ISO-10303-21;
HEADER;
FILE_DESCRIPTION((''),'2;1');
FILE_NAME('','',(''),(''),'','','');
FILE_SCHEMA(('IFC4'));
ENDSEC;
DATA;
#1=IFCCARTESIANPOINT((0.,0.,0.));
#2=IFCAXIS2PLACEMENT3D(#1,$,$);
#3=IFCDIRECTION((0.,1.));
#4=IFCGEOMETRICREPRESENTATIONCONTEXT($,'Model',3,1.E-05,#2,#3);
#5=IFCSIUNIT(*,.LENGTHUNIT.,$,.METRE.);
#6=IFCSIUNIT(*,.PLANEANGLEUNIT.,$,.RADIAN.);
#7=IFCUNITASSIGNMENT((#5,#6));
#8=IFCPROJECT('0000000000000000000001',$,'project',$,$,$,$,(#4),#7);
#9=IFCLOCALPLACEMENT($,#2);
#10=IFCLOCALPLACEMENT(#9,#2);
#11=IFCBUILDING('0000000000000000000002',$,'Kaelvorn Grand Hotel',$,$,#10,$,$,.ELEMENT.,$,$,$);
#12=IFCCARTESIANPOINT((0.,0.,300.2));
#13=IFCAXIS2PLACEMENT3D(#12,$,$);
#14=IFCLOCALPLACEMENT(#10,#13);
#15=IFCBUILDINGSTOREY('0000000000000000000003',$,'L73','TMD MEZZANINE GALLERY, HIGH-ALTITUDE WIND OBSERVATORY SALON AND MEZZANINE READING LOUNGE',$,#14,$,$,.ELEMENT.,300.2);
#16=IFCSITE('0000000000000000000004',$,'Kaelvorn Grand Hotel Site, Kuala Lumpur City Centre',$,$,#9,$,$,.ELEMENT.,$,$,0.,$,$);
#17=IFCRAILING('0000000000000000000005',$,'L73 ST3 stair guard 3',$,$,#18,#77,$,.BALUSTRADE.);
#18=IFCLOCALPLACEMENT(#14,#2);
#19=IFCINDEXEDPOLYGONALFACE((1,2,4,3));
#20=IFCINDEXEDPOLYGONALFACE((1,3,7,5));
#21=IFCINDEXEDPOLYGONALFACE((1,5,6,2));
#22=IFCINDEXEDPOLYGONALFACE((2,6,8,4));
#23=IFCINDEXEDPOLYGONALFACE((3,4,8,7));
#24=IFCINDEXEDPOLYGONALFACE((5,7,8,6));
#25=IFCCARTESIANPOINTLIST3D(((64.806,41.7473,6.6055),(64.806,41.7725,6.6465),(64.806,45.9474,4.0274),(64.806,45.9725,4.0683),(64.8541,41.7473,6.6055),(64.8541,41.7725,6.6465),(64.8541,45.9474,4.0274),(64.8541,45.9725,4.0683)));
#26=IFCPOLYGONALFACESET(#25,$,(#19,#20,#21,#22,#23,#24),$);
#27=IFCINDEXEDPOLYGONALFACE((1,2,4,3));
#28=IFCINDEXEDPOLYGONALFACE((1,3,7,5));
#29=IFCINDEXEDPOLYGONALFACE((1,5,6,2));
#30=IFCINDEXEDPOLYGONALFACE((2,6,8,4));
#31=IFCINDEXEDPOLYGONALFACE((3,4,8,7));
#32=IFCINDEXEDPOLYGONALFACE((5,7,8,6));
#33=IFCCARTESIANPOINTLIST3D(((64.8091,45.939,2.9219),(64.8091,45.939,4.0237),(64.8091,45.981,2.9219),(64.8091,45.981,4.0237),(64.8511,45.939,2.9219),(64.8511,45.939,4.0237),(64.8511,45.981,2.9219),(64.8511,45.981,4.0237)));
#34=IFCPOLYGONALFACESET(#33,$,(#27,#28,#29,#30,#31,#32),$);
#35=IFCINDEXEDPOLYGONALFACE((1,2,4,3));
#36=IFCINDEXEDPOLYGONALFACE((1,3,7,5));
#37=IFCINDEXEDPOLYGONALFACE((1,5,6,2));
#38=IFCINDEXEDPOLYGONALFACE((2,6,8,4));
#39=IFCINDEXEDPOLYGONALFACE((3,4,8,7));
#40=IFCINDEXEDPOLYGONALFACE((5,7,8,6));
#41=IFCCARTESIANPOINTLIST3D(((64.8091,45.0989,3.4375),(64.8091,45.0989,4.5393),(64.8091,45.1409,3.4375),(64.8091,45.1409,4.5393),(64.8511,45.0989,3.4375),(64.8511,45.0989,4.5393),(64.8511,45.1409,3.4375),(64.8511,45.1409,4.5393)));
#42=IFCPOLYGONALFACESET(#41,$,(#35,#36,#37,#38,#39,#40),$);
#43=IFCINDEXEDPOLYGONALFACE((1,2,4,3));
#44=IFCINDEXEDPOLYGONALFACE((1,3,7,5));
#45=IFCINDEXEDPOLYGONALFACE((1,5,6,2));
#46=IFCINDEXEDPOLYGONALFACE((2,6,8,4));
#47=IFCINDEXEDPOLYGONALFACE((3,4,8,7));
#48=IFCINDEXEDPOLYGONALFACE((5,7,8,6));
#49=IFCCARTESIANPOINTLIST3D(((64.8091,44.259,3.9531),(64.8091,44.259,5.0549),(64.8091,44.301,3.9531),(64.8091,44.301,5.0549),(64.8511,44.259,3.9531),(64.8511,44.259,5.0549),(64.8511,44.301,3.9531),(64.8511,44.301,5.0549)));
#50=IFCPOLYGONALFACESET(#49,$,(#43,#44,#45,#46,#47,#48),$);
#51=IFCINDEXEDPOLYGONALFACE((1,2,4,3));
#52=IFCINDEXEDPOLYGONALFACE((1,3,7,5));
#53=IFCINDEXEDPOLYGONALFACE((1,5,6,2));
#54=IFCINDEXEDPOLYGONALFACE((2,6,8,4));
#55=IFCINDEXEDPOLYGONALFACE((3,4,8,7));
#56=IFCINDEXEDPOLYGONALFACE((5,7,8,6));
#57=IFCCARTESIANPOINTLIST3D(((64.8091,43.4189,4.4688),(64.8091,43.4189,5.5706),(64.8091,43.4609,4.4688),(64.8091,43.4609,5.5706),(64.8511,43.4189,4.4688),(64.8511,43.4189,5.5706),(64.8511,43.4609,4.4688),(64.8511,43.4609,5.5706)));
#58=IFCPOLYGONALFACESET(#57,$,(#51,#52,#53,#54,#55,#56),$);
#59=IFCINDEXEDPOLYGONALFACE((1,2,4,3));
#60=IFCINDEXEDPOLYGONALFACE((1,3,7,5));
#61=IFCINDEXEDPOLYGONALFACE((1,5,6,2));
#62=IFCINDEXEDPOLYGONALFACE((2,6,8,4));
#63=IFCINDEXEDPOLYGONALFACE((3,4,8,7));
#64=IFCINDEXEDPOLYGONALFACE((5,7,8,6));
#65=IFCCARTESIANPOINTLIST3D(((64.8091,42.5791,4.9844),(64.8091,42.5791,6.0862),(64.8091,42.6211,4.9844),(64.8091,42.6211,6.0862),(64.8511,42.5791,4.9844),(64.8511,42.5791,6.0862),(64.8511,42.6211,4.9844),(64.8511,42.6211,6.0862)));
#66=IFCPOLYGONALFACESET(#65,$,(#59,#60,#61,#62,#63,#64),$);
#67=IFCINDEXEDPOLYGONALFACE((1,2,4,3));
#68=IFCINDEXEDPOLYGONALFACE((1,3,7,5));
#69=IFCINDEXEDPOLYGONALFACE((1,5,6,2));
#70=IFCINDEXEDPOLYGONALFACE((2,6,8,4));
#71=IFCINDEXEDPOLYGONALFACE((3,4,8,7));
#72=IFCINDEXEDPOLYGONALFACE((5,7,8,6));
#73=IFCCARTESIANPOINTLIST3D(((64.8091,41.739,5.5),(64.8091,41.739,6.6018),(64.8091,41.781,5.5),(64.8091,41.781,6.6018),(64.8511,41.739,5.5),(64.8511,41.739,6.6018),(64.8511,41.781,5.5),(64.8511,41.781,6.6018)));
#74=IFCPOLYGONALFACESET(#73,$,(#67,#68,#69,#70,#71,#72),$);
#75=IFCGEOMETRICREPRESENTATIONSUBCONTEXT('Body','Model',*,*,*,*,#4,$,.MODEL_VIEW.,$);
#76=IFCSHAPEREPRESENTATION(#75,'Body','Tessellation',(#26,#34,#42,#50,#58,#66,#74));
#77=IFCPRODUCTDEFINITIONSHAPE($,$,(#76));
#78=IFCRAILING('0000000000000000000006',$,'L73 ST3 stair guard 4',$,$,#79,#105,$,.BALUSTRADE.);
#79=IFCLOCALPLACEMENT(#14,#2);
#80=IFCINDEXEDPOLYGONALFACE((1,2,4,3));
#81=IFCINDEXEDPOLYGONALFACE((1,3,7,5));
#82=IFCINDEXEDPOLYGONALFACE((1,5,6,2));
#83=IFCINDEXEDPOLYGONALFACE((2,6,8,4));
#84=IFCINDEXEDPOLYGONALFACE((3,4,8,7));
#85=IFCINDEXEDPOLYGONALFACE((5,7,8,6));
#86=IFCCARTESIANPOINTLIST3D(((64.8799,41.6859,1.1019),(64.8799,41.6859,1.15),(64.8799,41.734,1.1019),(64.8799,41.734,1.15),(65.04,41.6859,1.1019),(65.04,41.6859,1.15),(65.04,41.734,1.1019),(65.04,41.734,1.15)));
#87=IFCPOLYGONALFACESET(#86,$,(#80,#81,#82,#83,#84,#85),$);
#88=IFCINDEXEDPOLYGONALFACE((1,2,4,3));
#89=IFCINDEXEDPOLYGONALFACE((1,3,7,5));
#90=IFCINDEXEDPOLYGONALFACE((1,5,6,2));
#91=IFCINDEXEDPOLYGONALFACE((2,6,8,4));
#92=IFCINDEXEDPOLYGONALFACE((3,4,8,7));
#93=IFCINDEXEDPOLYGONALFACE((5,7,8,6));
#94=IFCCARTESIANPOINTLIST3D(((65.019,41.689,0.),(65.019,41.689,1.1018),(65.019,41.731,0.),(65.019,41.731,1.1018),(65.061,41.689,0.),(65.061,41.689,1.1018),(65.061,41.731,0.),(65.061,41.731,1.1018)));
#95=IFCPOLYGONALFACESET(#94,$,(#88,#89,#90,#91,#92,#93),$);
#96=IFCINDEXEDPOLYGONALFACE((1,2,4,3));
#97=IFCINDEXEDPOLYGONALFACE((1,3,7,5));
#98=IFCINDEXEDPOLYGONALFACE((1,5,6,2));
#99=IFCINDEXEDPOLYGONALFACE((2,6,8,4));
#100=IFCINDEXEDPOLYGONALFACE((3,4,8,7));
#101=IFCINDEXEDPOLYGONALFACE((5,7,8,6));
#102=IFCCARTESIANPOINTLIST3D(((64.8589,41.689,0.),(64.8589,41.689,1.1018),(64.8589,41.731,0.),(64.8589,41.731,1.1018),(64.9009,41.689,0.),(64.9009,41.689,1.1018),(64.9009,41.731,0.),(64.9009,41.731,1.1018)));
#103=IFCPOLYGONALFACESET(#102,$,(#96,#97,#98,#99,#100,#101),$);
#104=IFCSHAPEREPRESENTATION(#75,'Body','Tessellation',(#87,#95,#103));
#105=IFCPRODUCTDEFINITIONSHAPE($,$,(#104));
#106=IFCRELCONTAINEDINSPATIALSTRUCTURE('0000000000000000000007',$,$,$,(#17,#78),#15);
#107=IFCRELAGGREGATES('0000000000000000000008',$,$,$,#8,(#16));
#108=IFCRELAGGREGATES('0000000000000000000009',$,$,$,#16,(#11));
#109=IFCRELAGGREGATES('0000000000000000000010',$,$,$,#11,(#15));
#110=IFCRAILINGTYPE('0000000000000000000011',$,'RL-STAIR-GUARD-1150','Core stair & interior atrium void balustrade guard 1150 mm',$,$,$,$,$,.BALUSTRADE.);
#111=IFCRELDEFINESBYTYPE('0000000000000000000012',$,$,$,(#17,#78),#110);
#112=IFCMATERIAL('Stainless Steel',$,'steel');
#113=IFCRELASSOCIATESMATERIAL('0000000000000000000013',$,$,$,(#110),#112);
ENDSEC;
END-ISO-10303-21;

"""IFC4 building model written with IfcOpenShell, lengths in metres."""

from ifc_helpers import new_model, si_unit, direction, frame, origin, origin_2d, place, context, subcontext, project, spatial, rectangle, extrude, material, type_object, element, save


model = new_model("IFC4")

# Units and contexts
model_context = context("Model", 3, precision=1e-05, world=origin(), true_north=direction((0.0, 1.0)))
body_context = subcontext(model_context, "Body", "Model", "MODEL_VIEW")
ifc_project = project(units=[si_unit("LENGTHUNIT", "METRE"), si_unit("PLANEANGLEUNIT", "RADIAN")], contexts=[model_context])

# Site, building, storey
site_placement = place(None, origin())
site = spatial("IfcSite", under=ifc_project, at=site_placement, Name="Kaelvorn Grand Hotel Site, Kuala Lumpur City Centre", CompositionType="ELEMENT", RefElevation=0.0)
building_placement = place(site_placement, origin())
building = spatial("IfcBuilding", under=site, at=building_placement, Name="Kaelvorn Grand Hotel", CompositionType="ELEMENT")
storey_placement = place(building_placement, frame((0.0, 0.0, 300.2)))
storey = spatial("IfcBuildingStorey", under=building, at=storey_placement, Name="L73", Description="TMD MEZZANINE GALLERY, HIGH-ALTITUDE WIND OBSERVATORY SALON AND MEZZANINE READING LOUNGE", CompositionType="ELEMENT", Elevation=300.2)

# Shared definitions
ifc_material_1 = material(Name="Stainless Steel", Category="steel")

# Railings
railing_type_1 = type_object("IfcRailingType", Name="RL-STAIR-GUARD-1150", Description="Core stair & interior atrium void balustrade guard 1150 mm", PredefinedType="BALUSTRADE", material=ifc_material_1)
railing_1_placement = place(storey_placement, frame((64.8301, 45.96, 2.9219)))
element("IfcRailing", 1, at=railing_1_placement, inside=storey, type_object=railing_type_1, Name="L73 ST3 stair guard 3", PredefinedType="BALUSTRADE", context=body_context, shape_type="SweptSolid", body=[
    extrude(rectangle(XDim=0.0481, YDim=0.0481, at=origin_2d()), frame((0.0, 0.0, 1.126), z_axis=(0.0, -0.852243, 0.523146), x_axis=(1.0, 0.0, 0.0)), (0.0, 0.0, 1.0), 4.9282),
    extrude(rectangle(XDim=0.042, YDim=0.042, at=origin_2d()), origin(), (0.0, 0.0, 1.0), 1.1018),
    extrude(rectangle(XDim=0.042, YDim=0.042, at=origin_2d()), frame((0.0, -0.8401, 0.5156)), (0.0, 0.0, 1.0), 1.1018),
    extrude(rectangle(XDim=0.042, YDim=0.042, at=origin_2d()), frame((0.0, -1.6799, 1.0312)), (0.0, 0.0, 1.0), 1.1018),
    extrude(rectangle(XDim=0.042, YDim=0.042, at=origin_2d()), frame((0.0, -2.52, 1.5469)), (0.0, 0.0, 1.0), 1.1018),
    extrude(rectangle(XDim=0.042, YDim=0.042, at=origin_2d()), frame((0.0, -3.3599, 2.0625)), (0.0, 0.0, 1.0), 1.1018),
    extrude(rectangle(XDim=0.042, YDim=0.042, at=origin_2d()), frame((0.0, -4.2, 2.5781)), (0.0, 0.0, 1.0), 1.1018),
])
railing_2_placement = place(storey_placement, frame((65.04, 41.71, 0.0)))
element("IfcRailing", 2, at=railing_2_placement, inside=storey, type_object=railing_type_1, Name="L73 ST3 stair guard 4", PredefinedType="BALUSTRADE", context=body_context, shape_type="SweptSolid", body=[
    extrude(rectangle(XDim=0.0481, YDim=0.0481, at=origin_2d()), frame((0.0, 0.0, 1.126), z_axis=(-1.0, 0.0, 0.0), x_axis=(0.0, -1.0, 0.0)), (0.0, 0.0, 1.0), 0.1602),
    extrude(rectangle(XDim=0.042, YDim=0.042, at=origin_2d()), origin(), (0.0, 0.0, 1.0), 1.1018),
    extrude(rectangle(XDim=0.042, YDim=0.042, at=origin_2d()), frame((-0.1602, 0.0, 0.0)), (0.0, 0.0, 1.0), 1.1018),
])

save(model, "model.ifc")
